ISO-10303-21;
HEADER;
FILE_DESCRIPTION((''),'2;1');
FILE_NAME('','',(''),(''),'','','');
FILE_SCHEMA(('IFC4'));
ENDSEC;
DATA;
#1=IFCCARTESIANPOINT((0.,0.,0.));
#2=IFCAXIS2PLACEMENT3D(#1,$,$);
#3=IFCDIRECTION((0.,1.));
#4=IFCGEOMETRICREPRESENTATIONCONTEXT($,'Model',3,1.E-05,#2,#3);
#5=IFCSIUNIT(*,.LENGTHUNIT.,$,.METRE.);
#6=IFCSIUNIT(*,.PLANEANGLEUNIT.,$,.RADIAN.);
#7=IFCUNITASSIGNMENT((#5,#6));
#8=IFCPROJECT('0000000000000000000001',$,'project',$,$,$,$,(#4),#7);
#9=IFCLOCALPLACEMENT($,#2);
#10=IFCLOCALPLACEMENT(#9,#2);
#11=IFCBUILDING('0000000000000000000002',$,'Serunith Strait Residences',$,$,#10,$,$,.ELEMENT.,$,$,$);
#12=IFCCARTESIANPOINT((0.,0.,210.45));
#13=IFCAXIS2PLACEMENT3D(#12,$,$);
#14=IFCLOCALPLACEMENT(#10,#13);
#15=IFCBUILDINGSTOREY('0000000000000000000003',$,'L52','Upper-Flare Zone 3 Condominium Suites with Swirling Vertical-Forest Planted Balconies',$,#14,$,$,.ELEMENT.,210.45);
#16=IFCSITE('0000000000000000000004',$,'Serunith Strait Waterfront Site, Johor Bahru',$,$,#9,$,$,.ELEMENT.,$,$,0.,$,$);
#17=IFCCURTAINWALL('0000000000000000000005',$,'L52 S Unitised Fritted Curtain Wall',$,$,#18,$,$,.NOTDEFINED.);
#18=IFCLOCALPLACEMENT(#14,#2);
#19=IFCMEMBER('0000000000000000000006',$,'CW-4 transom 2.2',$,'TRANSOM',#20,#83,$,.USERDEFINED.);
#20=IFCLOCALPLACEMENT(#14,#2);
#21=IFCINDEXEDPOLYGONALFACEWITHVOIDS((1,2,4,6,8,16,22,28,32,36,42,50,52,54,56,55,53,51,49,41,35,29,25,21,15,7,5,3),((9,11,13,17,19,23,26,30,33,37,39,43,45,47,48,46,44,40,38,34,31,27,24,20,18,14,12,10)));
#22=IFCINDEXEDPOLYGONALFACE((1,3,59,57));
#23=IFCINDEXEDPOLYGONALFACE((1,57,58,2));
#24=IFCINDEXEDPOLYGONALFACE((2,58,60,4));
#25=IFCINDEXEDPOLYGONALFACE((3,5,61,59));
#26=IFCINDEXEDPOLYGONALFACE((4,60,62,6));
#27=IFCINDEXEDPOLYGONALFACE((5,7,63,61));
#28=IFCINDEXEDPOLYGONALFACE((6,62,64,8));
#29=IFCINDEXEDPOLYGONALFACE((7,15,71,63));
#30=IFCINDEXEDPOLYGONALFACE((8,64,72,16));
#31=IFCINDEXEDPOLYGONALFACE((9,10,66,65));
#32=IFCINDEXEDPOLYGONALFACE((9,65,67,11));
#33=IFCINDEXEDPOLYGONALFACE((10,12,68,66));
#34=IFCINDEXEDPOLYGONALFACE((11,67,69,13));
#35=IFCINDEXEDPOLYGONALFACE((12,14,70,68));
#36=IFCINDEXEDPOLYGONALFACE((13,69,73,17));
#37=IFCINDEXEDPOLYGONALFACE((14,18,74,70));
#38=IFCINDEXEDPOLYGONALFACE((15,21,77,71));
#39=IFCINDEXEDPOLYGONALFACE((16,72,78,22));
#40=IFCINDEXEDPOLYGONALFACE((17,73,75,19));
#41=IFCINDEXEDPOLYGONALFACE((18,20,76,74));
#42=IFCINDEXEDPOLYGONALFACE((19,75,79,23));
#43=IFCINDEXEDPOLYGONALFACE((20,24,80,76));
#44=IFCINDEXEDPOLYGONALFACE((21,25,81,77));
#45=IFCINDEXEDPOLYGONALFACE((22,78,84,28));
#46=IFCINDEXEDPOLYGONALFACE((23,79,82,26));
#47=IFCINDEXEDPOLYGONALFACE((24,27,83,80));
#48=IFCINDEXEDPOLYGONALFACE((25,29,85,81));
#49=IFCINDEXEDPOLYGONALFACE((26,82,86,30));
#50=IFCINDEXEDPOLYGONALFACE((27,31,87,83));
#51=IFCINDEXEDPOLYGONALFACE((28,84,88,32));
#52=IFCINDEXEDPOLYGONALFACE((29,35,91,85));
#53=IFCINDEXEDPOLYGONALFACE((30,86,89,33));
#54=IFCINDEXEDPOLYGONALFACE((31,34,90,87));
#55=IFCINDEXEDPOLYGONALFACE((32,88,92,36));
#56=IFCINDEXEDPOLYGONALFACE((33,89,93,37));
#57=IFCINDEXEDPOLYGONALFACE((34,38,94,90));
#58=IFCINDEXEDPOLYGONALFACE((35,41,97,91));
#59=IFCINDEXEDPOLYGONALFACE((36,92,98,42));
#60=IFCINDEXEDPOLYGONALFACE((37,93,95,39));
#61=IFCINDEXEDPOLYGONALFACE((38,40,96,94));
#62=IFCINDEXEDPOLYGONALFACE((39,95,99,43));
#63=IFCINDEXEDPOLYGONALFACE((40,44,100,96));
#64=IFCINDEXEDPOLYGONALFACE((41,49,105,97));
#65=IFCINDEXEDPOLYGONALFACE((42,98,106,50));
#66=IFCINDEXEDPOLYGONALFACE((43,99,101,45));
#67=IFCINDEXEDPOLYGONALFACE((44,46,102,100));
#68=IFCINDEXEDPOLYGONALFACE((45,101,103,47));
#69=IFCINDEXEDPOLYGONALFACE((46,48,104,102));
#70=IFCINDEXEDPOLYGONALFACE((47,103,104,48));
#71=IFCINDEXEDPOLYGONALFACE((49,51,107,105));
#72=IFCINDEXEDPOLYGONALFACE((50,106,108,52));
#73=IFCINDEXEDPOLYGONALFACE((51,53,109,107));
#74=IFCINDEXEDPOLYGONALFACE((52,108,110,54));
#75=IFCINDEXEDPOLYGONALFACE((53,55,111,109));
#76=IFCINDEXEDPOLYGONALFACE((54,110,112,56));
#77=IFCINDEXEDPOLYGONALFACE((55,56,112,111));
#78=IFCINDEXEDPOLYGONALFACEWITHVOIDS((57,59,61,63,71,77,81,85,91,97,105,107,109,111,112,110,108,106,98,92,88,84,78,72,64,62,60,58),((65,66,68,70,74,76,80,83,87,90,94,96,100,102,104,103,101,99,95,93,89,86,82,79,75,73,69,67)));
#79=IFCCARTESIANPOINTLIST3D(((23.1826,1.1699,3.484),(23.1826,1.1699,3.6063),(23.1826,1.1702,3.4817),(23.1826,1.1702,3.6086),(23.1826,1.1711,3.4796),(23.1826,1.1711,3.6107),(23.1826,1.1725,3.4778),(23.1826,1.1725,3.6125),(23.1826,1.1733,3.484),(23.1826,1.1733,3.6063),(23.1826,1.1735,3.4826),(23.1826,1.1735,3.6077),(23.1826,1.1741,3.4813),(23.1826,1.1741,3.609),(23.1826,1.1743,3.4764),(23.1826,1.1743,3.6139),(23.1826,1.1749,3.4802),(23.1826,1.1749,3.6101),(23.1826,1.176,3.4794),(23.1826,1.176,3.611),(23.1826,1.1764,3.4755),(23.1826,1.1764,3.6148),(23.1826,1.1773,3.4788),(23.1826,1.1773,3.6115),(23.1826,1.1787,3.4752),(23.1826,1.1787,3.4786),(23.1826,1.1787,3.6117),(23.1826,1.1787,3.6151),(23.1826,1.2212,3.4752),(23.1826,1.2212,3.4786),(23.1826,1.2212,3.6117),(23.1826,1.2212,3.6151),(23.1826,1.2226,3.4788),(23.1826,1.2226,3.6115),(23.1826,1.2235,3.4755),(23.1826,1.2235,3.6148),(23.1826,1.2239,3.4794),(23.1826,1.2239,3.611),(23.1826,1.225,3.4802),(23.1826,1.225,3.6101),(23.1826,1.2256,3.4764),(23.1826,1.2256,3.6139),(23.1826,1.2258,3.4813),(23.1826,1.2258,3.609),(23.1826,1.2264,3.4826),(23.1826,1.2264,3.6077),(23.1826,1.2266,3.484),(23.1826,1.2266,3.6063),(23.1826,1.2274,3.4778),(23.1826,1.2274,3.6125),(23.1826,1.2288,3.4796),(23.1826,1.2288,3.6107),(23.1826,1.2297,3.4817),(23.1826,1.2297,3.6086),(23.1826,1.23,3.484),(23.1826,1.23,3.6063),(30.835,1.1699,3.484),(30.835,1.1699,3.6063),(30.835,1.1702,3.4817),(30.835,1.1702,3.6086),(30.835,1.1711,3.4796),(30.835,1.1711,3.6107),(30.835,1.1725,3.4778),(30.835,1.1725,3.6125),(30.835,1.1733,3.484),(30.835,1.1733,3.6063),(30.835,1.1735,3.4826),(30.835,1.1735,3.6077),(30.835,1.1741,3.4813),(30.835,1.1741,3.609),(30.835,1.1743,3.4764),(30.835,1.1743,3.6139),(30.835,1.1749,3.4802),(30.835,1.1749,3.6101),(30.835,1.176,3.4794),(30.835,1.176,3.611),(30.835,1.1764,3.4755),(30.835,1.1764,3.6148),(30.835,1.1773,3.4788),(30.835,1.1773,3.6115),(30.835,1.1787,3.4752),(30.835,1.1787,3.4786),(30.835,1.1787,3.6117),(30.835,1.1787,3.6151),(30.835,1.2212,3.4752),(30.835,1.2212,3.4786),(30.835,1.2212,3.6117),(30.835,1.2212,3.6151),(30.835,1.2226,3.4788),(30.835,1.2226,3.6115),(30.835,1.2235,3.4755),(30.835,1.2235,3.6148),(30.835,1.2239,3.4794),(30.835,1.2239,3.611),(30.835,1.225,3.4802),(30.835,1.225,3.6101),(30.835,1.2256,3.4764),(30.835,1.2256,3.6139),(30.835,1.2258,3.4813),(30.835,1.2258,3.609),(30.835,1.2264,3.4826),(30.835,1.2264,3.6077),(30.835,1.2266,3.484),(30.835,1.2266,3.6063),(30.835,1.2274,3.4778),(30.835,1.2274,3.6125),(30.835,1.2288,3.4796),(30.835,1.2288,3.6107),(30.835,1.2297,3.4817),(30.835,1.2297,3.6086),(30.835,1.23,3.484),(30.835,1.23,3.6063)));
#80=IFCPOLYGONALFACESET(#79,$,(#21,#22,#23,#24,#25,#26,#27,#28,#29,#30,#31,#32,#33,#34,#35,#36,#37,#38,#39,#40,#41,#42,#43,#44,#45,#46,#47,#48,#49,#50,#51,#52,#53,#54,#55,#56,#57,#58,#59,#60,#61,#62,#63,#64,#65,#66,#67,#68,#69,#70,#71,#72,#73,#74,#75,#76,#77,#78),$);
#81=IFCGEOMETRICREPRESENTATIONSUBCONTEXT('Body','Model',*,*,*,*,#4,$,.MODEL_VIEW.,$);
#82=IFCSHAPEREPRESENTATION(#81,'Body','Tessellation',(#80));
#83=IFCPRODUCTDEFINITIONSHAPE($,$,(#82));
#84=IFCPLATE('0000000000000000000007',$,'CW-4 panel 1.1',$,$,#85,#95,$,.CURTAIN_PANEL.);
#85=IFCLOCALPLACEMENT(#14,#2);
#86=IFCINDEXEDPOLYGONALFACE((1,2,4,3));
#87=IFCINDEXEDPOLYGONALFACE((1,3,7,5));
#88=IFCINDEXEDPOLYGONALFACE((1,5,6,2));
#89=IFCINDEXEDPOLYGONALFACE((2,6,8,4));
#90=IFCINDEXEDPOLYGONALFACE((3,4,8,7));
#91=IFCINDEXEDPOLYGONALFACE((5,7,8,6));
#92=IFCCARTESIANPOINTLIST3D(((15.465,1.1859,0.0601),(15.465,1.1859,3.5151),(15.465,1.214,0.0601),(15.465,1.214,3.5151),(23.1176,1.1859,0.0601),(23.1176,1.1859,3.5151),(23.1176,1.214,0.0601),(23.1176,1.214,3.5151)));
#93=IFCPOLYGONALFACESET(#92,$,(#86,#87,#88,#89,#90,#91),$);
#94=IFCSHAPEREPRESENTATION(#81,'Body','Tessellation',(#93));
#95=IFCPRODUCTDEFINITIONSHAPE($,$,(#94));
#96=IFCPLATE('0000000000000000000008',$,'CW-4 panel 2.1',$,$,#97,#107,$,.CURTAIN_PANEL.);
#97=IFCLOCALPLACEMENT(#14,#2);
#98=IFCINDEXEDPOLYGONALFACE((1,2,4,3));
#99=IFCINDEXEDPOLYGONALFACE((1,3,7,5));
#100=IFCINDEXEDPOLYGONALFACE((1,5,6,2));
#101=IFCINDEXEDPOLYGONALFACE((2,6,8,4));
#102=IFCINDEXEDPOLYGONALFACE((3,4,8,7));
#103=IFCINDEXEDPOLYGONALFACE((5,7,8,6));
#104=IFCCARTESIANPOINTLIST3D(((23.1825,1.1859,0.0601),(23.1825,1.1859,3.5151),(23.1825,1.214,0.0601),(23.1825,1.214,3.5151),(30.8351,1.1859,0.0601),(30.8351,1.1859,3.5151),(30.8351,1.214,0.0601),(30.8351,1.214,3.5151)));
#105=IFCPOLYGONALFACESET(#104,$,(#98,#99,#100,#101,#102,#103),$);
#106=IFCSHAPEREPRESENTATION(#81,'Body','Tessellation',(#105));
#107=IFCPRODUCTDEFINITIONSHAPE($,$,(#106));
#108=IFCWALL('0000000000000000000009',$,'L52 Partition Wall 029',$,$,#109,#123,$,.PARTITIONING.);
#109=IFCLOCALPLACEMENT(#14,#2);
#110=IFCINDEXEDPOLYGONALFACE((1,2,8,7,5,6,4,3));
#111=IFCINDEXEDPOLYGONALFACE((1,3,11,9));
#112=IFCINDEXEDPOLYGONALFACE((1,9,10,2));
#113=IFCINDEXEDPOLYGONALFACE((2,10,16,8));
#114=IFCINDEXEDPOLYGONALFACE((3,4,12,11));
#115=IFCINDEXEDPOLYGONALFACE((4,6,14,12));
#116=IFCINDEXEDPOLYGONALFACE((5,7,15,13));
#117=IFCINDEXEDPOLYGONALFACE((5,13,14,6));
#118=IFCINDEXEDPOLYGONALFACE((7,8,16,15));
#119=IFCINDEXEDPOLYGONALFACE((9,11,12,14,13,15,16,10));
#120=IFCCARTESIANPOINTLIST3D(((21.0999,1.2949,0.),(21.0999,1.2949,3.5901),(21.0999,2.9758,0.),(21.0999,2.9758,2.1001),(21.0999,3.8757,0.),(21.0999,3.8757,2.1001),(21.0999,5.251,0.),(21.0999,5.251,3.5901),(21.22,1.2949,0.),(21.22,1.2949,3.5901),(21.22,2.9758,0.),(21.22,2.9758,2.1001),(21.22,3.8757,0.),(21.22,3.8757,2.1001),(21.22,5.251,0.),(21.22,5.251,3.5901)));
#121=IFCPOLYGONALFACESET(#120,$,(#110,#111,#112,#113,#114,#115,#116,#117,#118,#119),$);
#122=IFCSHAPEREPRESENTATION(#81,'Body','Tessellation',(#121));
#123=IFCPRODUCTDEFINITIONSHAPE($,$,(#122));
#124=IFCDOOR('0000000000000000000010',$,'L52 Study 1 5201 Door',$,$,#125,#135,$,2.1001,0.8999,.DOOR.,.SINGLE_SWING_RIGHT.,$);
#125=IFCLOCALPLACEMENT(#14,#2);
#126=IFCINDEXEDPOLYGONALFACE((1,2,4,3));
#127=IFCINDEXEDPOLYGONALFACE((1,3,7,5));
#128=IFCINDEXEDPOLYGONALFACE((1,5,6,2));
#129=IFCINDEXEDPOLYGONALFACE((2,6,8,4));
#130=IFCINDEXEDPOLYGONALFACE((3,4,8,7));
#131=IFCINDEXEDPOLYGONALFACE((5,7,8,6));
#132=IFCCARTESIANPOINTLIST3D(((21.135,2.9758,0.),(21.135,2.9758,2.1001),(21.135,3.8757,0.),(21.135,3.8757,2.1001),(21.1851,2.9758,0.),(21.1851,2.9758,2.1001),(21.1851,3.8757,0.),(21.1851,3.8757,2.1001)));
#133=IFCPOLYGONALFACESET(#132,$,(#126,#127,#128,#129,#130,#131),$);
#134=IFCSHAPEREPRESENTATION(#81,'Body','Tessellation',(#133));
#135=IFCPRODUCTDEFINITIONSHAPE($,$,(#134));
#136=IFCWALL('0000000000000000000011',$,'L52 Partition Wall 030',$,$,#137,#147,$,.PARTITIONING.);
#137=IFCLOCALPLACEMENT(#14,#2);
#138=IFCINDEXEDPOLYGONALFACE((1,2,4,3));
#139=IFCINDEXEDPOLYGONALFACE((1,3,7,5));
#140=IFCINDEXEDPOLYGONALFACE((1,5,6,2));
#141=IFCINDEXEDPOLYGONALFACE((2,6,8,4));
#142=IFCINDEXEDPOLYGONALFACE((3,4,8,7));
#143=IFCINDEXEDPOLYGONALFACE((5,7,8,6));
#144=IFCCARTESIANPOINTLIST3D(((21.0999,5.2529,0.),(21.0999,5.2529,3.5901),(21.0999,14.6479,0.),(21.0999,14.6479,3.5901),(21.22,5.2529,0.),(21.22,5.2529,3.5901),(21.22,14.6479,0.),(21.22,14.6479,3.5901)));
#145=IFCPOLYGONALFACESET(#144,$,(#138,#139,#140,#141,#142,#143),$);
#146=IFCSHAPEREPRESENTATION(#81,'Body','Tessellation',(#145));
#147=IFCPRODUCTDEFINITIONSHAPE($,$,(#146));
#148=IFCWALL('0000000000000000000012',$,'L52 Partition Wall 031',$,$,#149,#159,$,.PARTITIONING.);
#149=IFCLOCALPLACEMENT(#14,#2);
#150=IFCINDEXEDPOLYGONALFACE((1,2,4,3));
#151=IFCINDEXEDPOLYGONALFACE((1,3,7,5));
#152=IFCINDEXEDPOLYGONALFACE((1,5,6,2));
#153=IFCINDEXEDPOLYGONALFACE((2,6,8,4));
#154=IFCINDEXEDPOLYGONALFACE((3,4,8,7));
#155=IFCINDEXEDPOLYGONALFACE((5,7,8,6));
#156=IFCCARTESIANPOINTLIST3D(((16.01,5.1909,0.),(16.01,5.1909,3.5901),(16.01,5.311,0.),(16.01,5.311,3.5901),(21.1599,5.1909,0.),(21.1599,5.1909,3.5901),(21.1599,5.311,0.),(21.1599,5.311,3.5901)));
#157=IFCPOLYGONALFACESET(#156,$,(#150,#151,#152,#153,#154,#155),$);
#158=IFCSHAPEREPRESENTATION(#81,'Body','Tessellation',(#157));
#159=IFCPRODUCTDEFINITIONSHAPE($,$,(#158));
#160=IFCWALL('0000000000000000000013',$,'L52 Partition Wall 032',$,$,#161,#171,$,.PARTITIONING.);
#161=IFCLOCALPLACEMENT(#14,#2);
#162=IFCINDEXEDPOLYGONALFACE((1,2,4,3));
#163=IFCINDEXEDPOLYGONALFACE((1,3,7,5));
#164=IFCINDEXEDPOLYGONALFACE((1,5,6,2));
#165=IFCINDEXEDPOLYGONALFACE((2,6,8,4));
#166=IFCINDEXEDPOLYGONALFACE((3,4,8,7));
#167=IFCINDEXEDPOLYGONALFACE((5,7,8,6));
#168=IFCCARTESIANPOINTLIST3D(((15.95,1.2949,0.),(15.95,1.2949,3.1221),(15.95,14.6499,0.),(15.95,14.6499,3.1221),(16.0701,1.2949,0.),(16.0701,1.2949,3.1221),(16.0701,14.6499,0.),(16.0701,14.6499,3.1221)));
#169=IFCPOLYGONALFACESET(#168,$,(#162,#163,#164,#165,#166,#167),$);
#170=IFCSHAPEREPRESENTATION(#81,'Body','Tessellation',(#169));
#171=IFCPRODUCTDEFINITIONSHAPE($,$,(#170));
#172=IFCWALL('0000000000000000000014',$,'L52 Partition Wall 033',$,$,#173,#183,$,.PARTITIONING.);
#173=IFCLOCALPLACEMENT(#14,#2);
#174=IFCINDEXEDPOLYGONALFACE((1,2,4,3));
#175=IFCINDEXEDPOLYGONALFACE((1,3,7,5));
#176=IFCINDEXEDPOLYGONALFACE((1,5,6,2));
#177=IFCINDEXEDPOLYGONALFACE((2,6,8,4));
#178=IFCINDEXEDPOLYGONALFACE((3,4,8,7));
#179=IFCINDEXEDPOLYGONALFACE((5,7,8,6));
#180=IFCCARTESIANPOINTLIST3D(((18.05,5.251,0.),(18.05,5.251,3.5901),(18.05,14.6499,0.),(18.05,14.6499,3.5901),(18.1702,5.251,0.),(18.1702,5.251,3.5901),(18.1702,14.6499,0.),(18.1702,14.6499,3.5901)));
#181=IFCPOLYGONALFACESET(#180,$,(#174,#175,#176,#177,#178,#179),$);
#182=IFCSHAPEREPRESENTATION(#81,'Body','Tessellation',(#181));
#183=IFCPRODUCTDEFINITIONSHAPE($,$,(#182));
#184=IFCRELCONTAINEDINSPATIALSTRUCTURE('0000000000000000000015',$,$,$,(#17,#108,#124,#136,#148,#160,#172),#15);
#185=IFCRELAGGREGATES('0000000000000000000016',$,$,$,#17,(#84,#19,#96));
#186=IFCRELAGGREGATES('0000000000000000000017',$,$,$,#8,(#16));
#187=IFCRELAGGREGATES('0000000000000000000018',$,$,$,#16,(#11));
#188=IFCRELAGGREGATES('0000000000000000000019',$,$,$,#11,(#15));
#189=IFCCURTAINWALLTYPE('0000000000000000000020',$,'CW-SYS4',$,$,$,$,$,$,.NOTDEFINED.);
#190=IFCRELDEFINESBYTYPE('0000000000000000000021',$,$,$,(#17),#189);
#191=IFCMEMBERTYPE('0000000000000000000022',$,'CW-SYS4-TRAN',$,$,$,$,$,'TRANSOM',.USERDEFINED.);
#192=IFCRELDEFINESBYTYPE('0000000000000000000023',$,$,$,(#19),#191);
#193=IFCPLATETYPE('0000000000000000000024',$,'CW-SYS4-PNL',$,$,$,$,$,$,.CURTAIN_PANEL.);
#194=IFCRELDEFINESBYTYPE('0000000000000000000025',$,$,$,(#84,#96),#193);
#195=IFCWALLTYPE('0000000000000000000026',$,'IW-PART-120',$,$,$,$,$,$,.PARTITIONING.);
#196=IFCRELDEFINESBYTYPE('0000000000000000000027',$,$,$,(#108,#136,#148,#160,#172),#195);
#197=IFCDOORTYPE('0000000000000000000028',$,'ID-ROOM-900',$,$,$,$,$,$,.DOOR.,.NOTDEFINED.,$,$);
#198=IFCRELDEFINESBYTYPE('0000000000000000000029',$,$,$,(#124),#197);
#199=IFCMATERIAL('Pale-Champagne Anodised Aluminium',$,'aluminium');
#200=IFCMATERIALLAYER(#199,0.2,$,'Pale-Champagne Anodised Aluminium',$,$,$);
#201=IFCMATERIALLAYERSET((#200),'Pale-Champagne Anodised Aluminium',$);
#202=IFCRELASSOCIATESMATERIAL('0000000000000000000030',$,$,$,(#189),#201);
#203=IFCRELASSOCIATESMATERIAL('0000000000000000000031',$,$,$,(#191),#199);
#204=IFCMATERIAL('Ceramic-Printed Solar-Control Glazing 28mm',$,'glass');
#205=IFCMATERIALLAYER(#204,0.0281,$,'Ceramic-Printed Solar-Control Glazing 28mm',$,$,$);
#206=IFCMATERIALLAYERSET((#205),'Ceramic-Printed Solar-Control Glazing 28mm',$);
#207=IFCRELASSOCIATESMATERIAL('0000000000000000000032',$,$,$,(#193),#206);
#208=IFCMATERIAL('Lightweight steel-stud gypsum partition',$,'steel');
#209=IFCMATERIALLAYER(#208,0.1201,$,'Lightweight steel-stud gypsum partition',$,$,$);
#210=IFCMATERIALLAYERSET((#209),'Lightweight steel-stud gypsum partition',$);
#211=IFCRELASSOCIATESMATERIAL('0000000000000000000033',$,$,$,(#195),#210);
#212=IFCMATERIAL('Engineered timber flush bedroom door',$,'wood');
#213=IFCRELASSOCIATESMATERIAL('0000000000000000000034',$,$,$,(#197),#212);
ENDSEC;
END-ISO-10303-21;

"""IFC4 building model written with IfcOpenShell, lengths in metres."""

from ifc_helpers import new_model, si_unit, direction, frame, frame_2d, origin, origin_2d, place, context, subcontext, project, spatial, rectangle, hollow_rectangle, extrude, source, transform, mapped, material, layer, layer_set, material_profile, profile_set, type_object, element, fill, aggregate, save


model = new_model("IFC4")

# Units and contexts
model_context = context("Model", 3, precision=1e-05, world=origin(), true_north=direction((0.0, 1.0)))
body_context = subcontext(model_context, "Body", "Model", "MODEL_VIEW")
ifc_project = project(units=[si_unit("LENGTHUNIT", "METRE"), si_unit("PLANEANGLEUNIT", "RADIAN")], contexts=[model_context])

# Site, building, storey
site_placement = place(None, origin())
site = spatial("IfcSite", under=ifc_project, at=site_placement, Name="Serunith Strait Waterfront Site, Johor Bahru", CompositionType="ELEMENT", RefElevation=0.0)
building_placement = place(site_placement, origin())
building = spatial("IfcBuilding", under=site, at=building_placement, Name="Serunith Strait Residences", CompositionType="ELEMENT")
storey_placement = place(building_placement, frame((0.0, 0.0, 210.45)))
storey = spatial("IfcBuildingStorey", under=building, at=storey_placement, Name="L52", Description="Upper-Flare Zone 3 Condominium Suites with Swirling Vertical-Forest Planted Balconies", CompositionType="ELEMENT", Elevation=210.45)

# Curtain wall, member, plates
ifc_material_1 = material(Name="Pale-Champagne Anodised Aluminium", Category="aluminium")
ifc_layer_1 = layer(ifc_material_1, 0.2, Name="Pale-Champagne Anodised Aluminium")
ifc_layer_set_1 = layer_set([ifc_layer_1], Name="Pale-Champagne Anodised Aluminium")
curtain_wall_type = type_object("IfcCurtainWallType", Name="CW-SYS4", PredefinedType="NOTDEFINED", material=ifc_layer_set_1)
curtain_wall_placement = place(storey_placement, origin())
curtain_wall = element("IfcCurtainWall", 1, at=curtain_wall_placement, inside=storey, type_object=curtain_wall_type, Name="L52 S Unitised Fritted Curtain Wall", PredefinedType="NOTDEFINED")
ifc_material_profile_1 = material_profile(ifc_material_1, hollow_rectangle(XDim=0.0601, YDim=0.1399, WallThickness=0.0034, InnerFilletRadius=0.0054, OuterFilletRadius=0.0088, at=origin_2d()), Name="ALU 140x60x3.5")
ifc_profile_set_1 = profile_set([ifc_material_profile_1], Name="Pale-Champagne Anodised Aluminium")
member_type_1 = type_object("IfcMemberType", Name="CW-SYS4-TRAN", ElementType="TRANSOM", PredefinedType="USERDEFINED", material=ifc_profile_set_1)
shared_shape_1 = source(origin(), body_context, "Body", "SweptSolid", [
    extrude(hollow_rectangle(XDim=0.0601, YDim=0.1399, WallThickness=0.0034, InnerFilletRadius=0.0054, OuterFilletRadius=0.0088, at=origin_2d()), origin(), (0.0, 0.0, 1.0), 7.6523),
])
member_1_placement = place(storey_placement, frame((23.1826, 1.2, 3.5452), z_axis=(1.0, 0.0, 0.0), x_axis=(0.0, 1.0, 0.0)))
member_1 = element("IfcMember", 2, at=member_1_placement, type_object=member_type_1, Name="CW-4 transom 2.2", ObjectType="TRANSOM", PredefinedType="USERDEFINED", context=body_context, shape_type="MappedRepresentation", body=[
    mapped(shared_shape_1, transform((0.0, 0.0, 0.0), scale=1.0)),
])
ifc_material_2 = material(Name="Ceramic-Printed Solar-Control Glazing 28mm", Category="glass")
ifc_layer_2 = layer(ifc_material_2, 0.0281, Name="Ceramic-Printed Solar-Control Glazing 28mm")
ifc_layer_set_2 = layer_set([ifc_layer_2], Name="Ceramic-Printed Solar-Control Glazing 28mm")
plate_type = type_object("IfcPlateType", Name="CW-SYS4-PNL", PredefinedType="CURTAIN_PANEL", material=ifc_layer_set_2)
shared_shape_2 = source(origin(), body_context, "Body", "SweptSolid", [
    extrude(rectangle(XDim=7.6526, YDim=0.0281, at=origin_2d()), origin(), (0.0, 0.0, 1.0), 3.4551),
])
plate_1_placement = place(storey_placement, frame((19.2913, 1.2, 0.0601), z_axis=(0.0, 0.0, 1.0), x_axis=(1.0, 0.0, 0.0)))
plate_1 = element("IfcPlate", 3, at=plate_1_placement, type_object=plate_type, Name="CW-4 panel 1.1", PredefinedType="CURTAIN_PANEL", context=body_context, shape_type="MappedRepresentation", body=[
    mapped(shared_shape_2, transform((0.0, 0.0, 0.0), scale=1.0)),
])
plate_2_placement = place(storey_placement, frame((27.0088, 1.2, 0.0601), z_axis=(0.0, 0.0, 1.0), x_axis=(1.0, 0.0, 0.0)))
plate_2 = element("IfcPlate", 4, at=plate_2_placement, type_object=plate_type, Name="CW-4 panel 2.1", PredefinedType="CURTAIN_PANEL", context=body_context, shape_type="MappedRepresentation", body=[
    mapped(shared_shape_2, transform((0.0, 0.0, 0.0), scale=1.0)),
])
aggregate(curtain_wall, [plate_1, member_1, plate_2])

# Wall, opening, door
ifc_material_3 = material(Name="Lightweight steel-stud gypsum partition", Category="steel")
ifc_layer_3 = layer(ifc_material_3, 0.1201, Name="Lightweight steel-stud gypsum partition")
ifc_layer_set_3 = layer_set([ifc_layer_3], Name="Lightweight steel-stud gypsum partition")
wall_type = type_object("IfcWallType", Name="IW-PART-120", PredefinedType="PARTITIONING", material=ifc_layer_set_3)
wall_1_placement = place(storey_placement, frame((21.1599, 1.2949, 0.0), z_axis=(0.0, 0.0, 1.0), x_axis=(0.0, 1.0, 0.0)))
wall_1 = element("IfcWall", 5, at=wall_1_placement, inside=storey, type_object=wall_type, Name="L52 Partition Wall 029", PredefinedType="PARTITIONING", context=body_context, shape_type="SweptSolid", body=[
    extrude(rectangle(XDim=3.9561, YDim=0.1201, at=frame_2d((1.978, 0.0))), origin(), (0.0, 0.0, 1.0), 3.5901),
])
opening_placement = place(wall_1_placement, frame((1.6809, 0.0, 0.0)))
opening = element("IfcOpeningElement", 6, at=opening_placement, cuts=wall_1, PredefinedType="OPENING", context=body_context, shape_type="SweptSolid", body=[
    extrude(rectangle(XDim=0.8999, YDim=2.1001, at=frame_2d((0.45, 1.05))), frame((0.0, 0.0701, 0.0), z_axis=(0.0, -1.0, 0.0), x_axis=(1.0, 0.0, 0.0)), (0.0, 0.0, 1.0), 0.1401),
])
ifc_material_4 = material(Name="Engineered timber flush bedroom door", Category="wood")
door_type = type_object("IfcDoorType", Name="ID-ROOM-900", OperationType="NOTDEFINED", PredefinedType="DOOR", material=ifc_material_4)
shared_shape_3 = source(origin(), body_context, "Body", "SweptSolid", [
    extrude(rectangle(XDim=0.8999, YDim=2.1001, at=frame_2d((0.45, 1.05))), frame((0.0, 0.0249, 0.0), z_axis=(0.0, -1.0, 0.0), x_axis=(1.0, 0.0, 0.0)), (0.0, 0.0, 1.0), 0.05),
])
door_placement = place(opening_placement, origin())
door = element("IfcDoor", 7, at=door_placement, inside=storey, type_object=door_type, Name="L52 Study 1 5201 Door", OperationType="SINGLE_SWING_RIGHT", OverallHeight=2.1001, OverallWidth=0.8999, PredefinedType="DOOR", context=body_context, shape_type="MappedRepresentation", body=[
    mapped(shared_shape_3, transform((0.0, 0.0, 0.0), scale=1.0)),
])
fill(opening, door)

# Walls
wall_2_placement = place(storey_placement, frame((21.1599, 5.2529, 0.0), z_axis=(0.0, 0.0, 1.0), x_axis=(0.0, 1.0, 0.0)))
element("IfcWall", 8, at=wall_2_placement, inside=storey, type_object=wall_type, Name="L52 Partition Wall 030", PredefinedType="PARTITIONING", context=body_context, shape_type="SweptSolid", body=[
    extrude(rectangle(XDim=9.395, YDim=0.1201, at=frame_2d((4.6975, 0.0))), origin(), (0.0, 0.0, 1.0), 3.5901),
])
wall_3_placement = place(storey_placement, frame((16.01, 5.251, 0.0), z_axis=(0.0, 0.0, 1.0), x_axis=(1.0, 0.0, 0.0)))
element("IfcWall", 9, at=wall_3_placement, inside=storey, type_object=wall_type, Name="L52 Partition Wall 031", PredefinedType="PARTITIONING", context=body_context, shape_type="SweptSolid", body=[
    extrude(rectangle(XDim=5.1499, YDim=0.1201, at=frame_2d((2.575, 0.0))), origin(), (0.0, 0.0, 1.0), 3.5901),
])
wall_4_placement = place(storey_placement, frame((16.01, 1.2949, 0.0), z_axis=(0.0, 0.0, 1.0), x_axis=(0.0, 1.0, 0.0)))
element("IfcWall", 10, at=wall_4_placement, inside=storey, type_object=wall_type, Name="L52 Partition Wall 032", PredefinedType="PARTITIONING", context=body_context, shape_type="SweptSolid", body=[
    extrude(rectangle(XDim=13.355, YDim=0.1201, at=frame_2d((6.6775, 0.0))), origin(), (0.0, 0.0, 1.0), 3.1221),
])
wall_5_placement = place(storey_placement, frame((18.1101, 5.251, 0.0), z_axis=(0.0, 0.0, 1.0), x_axis=(0.0, 1.0, 0.0)))
element("IfcWall", 11, at=wall_5_placement, inside=storey, type_object=wall_type, Name="L52 Partition Wall 033", PredefinedType="PARTITIONING", context=body_context, shape_type="SweptSolid", body=[
    extrude(rectangle(XDim=9.3989, YDim=0.1201, at=frame_2d((4.6995, 0.0))), origin(), (0.0, 0.0, 1.0), 3.5901),
])

save(model, "model.ifc")
